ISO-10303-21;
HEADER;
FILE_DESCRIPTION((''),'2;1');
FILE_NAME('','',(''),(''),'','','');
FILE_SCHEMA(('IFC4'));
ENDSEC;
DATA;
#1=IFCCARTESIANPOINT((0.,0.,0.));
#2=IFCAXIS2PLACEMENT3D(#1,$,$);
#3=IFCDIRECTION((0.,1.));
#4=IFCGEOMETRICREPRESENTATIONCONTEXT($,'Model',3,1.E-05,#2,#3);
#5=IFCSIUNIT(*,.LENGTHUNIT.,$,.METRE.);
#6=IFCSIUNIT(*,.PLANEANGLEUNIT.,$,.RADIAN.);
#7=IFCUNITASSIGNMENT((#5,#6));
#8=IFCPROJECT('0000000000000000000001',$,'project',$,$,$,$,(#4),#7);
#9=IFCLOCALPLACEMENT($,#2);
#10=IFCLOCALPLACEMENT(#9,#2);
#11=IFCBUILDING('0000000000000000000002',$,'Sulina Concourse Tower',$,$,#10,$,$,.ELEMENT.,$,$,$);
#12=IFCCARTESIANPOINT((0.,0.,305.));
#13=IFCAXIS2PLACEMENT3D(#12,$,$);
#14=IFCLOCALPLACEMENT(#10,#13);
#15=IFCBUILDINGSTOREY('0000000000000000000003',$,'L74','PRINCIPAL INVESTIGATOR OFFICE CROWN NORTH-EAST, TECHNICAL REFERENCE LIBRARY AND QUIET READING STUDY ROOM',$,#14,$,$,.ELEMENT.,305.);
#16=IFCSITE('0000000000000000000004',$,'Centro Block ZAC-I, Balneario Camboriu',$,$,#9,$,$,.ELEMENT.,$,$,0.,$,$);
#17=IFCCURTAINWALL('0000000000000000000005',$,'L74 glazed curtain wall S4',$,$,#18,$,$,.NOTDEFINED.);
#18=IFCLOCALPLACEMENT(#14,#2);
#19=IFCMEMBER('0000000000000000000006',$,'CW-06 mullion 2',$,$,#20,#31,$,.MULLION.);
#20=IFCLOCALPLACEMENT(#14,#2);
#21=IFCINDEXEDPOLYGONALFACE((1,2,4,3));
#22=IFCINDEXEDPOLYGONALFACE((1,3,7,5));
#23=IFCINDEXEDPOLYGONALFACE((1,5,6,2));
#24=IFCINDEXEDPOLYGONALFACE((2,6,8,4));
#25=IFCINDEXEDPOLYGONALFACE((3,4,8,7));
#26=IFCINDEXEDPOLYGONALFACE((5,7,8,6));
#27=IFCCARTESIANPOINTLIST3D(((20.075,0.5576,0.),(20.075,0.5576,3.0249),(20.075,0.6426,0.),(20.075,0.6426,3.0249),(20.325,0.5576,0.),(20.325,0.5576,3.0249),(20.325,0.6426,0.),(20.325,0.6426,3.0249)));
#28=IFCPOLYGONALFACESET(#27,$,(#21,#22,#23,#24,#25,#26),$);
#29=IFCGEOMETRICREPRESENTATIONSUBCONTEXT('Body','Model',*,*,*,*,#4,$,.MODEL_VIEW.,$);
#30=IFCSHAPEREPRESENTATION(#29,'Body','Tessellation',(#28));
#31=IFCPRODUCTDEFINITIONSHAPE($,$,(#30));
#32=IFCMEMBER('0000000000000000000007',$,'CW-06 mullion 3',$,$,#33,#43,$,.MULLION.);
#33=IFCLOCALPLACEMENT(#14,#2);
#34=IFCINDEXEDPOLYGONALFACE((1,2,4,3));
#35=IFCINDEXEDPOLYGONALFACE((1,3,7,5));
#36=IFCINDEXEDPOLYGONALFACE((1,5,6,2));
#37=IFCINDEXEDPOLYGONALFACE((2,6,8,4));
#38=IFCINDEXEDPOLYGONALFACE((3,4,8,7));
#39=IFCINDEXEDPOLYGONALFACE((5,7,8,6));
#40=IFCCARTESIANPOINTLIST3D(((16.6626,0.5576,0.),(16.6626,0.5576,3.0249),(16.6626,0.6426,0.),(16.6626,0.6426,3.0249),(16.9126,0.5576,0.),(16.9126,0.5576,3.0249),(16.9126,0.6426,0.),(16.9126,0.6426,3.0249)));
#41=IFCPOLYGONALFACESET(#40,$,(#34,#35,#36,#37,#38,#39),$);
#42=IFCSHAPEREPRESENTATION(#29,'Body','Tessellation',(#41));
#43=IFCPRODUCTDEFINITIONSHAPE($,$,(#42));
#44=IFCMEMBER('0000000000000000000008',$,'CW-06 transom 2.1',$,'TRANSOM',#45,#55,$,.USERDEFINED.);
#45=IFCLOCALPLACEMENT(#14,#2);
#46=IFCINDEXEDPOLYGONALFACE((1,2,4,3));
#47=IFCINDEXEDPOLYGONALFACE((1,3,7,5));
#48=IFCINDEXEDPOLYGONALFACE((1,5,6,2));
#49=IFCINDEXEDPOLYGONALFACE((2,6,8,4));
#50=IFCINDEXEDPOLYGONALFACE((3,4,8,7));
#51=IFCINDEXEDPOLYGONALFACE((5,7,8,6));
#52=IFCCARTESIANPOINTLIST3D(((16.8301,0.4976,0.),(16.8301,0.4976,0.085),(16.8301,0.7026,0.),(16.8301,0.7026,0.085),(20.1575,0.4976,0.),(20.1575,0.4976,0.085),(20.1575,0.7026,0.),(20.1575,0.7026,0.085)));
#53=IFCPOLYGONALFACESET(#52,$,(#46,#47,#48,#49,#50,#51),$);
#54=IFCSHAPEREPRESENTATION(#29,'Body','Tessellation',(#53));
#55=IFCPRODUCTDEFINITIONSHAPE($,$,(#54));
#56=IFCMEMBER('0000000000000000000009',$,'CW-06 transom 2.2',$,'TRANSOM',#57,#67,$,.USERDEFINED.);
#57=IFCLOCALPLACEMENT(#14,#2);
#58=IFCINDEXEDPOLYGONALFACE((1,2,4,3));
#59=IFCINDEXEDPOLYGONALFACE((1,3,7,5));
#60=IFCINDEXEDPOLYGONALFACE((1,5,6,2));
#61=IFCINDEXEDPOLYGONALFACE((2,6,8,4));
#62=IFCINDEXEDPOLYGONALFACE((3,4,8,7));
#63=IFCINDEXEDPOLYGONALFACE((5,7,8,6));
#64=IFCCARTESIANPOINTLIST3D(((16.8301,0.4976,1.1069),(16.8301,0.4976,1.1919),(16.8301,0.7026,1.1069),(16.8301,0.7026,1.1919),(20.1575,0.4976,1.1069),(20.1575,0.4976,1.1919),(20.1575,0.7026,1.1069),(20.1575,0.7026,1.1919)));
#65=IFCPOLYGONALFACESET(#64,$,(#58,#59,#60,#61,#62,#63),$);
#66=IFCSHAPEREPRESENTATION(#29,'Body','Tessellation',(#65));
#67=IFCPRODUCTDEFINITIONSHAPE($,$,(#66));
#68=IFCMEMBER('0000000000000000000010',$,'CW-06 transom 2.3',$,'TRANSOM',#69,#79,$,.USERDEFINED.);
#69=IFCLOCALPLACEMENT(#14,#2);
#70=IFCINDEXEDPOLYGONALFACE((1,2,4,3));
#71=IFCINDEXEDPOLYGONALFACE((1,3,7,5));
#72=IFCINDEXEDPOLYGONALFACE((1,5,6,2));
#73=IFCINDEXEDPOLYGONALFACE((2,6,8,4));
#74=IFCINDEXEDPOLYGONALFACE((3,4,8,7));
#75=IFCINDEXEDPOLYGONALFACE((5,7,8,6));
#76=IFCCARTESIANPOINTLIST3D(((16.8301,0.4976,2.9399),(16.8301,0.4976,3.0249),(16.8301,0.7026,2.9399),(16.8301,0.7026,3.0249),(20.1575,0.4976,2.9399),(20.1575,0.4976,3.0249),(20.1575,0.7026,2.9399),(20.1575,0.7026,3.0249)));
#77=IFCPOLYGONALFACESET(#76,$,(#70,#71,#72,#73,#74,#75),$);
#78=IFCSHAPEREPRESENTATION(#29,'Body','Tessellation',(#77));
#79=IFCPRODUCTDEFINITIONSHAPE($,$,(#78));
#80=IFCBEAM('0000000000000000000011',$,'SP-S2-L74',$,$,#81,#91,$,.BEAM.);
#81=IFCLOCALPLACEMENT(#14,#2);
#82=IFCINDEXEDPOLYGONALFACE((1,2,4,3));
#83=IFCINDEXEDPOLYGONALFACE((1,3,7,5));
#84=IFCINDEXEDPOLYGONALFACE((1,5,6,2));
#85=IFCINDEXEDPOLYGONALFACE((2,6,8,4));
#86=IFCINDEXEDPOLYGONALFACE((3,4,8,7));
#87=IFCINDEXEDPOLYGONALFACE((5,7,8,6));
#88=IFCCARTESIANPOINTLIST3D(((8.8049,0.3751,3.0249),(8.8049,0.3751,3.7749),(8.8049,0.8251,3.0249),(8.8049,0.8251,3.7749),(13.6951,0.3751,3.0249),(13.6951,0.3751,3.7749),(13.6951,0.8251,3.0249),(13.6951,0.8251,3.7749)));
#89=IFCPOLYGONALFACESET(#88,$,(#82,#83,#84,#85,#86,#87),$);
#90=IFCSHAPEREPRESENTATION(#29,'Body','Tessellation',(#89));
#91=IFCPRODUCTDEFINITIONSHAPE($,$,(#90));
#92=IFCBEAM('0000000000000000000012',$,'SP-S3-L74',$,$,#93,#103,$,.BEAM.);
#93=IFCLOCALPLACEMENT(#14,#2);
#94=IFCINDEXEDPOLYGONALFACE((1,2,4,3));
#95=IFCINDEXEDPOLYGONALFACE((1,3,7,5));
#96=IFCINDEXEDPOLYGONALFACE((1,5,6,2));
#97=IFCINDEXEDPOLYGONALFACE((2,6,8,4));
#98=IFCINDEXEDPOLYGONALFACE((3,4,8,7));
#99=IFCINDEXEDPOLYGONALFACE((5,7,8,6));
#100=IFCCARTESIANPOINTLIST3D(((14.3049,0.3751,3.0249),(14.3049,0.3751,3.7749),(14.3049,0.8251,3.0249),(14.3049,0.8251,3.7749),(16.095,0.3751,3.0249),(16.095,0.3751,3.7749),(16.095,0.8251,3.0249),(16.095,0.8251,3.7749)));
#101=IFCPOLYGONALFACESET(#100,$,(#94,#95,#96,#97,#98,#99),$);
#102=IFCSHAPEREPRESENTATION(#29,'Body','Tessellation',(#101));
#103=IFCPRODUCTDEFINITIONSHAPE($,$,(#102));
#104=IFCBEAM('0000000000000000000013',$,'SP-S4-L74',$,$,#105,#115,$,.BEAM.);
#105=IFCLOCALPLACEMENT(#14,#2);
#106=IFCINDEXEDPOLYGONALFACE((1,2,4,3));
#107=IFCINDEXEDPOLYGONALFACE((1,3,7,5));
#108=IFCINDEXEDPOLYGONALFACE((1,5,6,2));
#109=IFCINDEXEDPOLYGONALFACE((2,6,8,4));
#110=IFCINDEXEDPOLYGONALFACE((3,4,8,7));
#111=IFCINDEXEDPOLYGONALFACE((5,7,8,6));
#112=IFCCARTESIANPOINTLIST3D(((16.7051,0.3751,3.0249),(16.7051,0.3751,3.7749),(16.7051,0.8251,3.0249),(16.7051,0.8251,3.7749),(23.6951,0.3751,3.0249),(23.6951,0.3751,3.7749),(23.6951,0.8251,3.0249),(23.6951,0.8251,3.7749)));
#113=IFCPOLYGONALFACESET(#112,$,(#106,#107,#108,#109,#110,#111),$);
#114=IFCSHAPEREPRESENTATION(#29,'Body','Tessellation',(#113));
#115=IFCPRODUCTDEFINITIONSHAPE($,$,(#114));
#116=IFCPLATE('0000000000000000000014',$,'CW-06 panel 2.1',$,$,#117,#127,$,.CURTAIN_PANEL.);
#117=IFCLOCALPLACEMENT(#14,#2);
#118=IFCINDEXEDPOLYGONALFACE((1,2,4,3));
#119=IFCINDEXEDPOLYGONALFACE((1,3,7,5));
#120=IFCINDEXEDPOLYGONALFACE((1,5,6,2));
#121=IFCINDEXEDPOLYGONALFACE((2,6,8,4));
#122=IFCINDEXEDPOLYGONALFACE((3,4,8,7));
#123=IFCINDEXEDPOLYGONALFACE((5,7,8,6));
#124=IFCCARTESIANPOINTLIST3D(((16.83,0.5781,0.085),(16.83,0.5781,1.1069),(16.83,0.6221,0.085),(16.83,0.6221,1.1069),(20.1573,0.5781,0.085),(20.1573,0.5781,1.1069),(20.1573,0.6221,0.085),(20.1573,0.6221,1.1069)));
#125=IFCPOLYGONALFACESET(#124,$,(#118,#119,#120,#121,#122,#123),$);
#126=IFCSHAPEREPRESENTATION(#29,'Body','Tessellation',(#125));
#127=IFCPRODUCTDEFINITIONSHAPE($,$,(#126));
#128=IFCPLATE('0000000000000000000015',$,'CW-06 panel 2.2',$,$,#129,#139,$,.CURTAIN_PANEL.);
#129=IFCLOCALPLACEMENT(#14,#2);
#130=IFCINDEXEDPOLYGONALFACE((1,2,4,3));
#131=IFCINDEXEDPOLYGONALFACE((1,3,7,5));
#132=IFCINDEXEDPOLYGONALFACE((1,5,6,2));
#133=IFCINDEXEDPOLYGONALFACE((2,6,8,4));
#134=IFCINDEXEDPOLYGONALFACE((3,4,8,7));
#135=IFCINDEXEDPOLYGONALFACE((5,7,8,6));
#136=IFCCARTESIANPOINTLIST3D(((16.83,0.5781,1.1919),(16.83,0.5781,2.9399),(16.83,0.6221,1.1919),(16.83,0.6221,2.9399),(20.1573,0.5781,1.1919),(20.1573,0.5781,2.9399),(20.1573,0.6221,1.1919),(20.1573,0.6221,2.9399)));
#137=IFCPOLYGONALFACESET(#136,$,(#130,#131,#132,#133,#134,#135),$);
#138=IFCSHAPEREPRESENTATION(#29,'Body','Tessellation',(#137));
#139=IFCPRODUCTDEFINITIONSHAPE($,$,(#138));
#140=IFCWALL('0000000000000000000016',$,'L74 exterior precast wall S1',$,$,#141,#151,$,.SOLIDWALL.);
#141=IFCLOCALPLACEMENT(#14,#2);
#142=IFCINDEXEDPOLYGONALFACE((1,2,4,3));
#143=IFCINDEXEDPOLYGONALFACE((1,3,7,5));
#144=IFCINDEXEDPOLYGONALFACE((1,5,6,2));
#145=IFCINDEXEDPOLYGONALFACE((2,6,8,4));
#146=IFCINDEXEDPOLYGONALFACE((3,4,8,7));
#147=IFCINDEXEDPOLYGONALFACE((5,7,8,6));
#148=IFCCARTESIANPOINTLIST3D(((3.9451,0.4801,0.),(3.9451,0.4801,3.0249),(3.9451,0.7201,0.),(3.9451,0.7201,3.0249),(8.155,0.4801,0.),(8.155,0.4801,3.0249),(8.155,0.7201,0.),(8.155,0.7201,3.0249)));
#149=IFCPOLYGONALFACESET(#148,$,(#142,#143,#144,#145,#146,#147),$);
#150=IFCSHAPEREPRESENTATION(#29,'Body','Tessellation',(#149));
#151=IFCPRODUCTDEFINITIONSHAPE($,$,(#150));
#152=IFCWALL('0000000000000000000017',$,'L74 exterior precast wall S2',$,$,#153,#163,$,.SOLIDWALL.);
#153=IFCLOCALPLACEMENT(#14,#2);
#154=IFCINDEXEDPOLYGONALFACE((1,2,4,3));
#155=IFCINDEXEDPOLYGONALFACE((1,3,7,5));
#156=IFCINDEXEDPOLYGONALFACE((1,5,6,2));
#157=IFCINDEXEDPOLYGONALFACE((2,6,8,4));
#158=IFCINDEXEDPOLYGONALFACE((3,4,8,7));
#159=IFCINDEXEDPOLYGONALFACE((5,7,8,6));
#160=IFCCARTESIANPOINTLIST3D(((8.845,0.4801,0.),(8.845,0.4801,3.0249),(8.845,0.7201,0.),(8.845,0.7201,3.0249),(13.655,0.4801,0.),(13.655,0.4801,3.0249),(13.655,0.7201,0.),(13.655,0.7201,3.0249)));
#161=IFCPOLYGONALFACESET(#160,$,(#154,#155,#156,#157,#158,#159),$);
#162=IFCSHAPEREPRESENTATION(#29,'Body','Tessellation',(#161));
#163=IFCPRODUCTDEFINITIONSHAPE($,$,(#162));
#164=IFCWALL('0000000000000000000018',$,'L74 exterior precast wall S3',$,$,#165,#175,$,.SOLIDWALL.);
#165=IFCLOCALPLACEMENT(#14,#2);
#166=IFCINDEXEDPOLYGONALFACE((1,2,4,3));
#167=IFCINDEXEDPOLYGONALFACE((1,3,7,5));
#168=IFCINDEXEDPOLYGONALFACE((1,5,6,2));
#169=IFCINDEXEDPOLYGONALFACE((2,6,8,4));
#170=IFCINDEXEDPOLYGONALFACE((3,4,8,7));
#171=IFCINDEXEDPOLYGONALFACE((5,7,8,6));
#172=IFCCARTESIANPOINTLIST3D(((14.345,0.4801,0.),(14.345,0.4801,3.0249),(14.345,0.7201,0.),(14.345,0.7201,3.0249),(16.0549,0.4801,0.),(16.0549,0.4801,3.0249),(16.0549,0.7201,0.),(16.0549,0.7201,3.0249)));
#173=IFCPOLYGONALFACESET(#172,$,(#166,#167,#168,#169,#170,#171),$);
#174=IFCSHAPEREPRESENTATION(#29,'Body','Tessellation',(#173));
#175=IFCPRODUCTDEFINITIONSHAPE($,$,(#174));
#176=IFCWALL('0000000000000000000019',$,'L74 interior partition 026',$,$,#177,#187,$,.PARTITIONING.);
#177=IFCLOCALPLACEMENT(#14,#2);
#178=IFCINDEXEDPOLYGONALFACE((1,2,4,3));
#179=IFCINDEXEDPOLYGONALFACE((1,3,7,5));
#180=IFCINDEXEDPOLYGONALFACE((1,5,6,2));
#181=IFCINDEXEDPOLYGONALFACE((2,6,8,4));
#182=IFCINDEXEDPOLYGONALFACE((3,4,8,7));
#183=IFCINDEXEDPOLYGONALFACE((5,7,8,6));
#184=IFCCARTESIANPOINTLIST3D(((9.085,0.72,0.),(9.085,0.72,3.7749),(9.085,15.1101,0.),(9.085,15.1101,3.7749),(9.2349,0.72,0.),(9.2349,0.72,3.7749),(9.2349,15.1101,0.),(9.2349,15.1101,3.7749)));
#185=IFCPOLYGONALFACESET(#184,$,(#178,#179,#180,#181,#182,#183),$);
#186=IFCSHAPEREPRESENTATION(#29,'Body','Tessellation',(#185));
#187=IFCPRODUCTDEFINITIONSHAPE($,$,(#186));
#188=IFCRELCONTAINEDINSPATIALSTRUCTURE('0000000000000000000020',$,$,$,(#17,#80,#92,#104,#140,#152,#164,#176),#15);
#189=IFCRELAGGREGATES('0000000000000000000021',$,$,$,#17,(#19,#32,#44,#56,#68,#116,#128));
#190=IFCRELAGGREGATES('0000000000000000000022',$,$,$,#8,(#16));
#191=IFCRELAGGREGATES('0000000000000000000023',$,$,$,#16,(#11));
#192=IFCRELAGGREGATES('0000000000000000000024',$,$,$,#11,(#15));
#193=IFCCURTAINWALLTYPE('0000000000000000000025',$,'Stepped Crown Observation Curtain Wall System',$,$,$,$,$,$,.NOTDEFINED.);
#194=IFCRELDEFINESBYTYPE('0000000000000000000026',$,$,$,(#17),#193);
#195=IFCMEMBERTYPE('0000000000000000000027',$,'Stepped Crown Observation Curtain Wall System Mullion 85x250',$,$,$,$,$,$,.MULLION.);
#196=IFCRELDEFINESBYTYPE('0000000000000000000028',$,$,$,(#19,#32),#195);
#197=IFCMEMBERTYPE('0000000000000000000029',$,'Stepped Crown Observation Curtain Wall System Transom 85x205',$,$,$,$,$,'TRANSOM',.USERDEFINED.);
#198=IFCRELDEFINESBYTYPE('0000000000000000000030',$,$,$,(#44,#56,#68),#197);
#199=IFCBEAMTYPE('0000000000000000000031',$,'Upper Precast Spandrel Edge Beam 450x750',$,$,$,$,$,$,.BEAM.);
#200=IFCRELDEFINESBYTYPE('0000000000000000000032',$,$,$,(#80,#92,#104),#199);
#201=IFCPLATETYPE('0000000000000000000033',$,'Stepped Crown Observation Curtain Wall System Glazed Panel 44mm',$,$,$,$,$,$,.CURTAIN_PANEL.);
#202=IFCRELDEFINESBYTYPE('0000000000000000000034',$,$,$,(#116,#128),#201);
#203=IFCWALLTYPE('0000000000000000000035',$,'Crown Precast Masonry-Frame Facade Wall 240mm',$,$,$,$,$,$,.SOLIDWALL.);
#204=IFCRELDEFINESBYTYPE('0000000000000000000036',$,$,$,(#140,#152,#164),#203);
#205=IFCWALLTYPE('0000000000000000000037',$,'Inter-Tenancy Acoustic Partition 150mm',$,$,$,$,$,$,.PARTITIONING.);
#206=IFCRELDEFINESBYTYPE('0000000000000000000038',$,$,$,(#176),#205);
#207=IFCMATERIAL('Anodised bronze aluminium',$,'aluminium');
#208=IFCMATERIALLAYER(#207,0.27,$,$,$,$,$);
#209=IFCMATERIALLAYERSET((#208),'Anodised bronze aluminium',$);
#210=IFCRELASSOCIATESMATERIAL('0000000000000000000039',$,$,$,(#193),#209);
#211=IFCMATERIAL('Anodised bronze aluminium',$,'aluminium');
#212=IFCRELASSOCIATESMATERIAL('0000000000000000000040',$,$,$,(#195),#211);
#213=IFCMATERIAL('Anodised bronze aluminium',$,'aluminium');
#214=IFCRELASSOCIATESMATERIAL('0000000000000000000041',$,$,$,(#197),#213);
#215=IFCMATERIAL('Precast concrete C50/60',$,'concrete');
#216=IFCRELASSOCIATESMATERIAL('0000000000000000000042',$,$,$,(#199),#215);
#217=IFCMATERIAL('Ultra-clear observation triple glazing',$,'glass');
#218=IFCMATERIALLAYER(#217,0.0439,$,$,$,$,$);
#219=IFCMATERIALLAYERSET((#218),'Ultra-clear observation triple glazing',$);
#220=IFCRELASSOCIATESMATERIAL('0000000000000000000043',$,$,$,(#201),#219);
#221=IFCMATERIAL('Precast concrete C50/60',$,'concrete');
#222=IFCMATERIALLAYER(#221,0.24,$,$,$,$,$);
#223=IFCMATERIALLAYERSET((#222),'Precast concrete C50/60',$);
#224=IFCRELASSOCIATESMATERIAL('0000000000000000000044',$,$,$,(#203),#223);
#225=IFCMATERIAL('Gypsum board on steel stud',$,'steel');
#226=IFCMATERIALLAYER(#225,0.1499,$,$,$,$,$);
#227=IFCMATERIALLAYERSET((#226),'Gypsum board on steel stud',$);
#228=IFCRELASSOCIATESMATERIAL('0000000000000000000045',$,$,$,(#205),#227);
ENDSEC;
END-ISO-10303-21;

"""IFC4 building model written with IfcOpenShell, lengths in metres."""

from ifc_helpers import new_model, si_unit, direction, frame, frame_2d, origin, origin_2d, place, context, subcontext, project, spatial, rectangle, extrude, material, layer, layer_set, material_profile, profile_set, type_object, element, aggregate, save


model = new_model("IFC4")

# Units and contexts
model_context = context("Model", 3, precision=1e-05, world=origin(), true_north=direction((0.0, 1.0)))
body_context = subcontext(model_context, "Body", "Model", "MODEL_VIEW")
ifc_project = project(units=[si_unit("LENGTHUNIT", "METRE"), si_unit("PLANEANGLEUNIT", "RADIAN")], contexts=[model_context])

# Site, building, storey
site_placement = place(None, origin())
site = spatial("IfcSite", under=ifc_project, at=site_placement, Name="Centro Block ZAC-I, Balneario Camboriu", CompositionType="ELEMENT", RefElevation=0.0)
building_placement = place(site_placement, origin())
building = spatial("IfcBuilding", under=site, at=building_placement, Name="Sulina Concourse Tower", CompositionType="ELEMENT")
storey_placement = place(building_placement, frame((0.0, 0.0, 305.0)))
storey = spatial("IfcBuildingStorey", under=building, at=storey_placement, Name="L74", Description="PRINCIPAL INVESTIGATOR OFFICE CROWN NORTH-EAST, TECHNICAL REFERENCE LIBRARY AND QUIET READING STUDY ROOM", CompositionType="ELEMENT", Elevation=305.0)

# Curtain wall, members
ifc_material_1 = material(Name="Anodised bronze aluminium", Category="aluminium")
ifc_layer_1 = layer(ifc_material_1, 0.27)
ifc_layer_set_1 = layer_set([ifc_layer_1], Name="Anodised bronze aluminium")
curtain_wall_type = type_object("IfcCurtainWallType", Name="Stepped Crown Observation Curtain Wall System", PredefinedType="NOTDEFINED", material=ifc_layer_set_1)
curtain_wall_placement = place(storey_placement, origin())
curtain_wall = element("IfcCurtainWall", 1, at=curtain_wall_placement, inside=storey, type_object=curtain_wall_type, Name="L74 glazed curtain wall S4", PredefinedType="NOTDEFINED")
ifc_material_2 = material(Name="Anodised bronze aluminium", Category="aluminium")
ifc_material_profile_1 = material_profile(ifc_material_2, rectangle(XDim=0.085, YDim=0.25, at=origin_2d()), Name="MUL 85x250")
ifc_profile_set_1 = profile_set([ifc_material_profile_1], Name="Anodised bronze aluminium")
member_type_1 = type_object("IfcMemberType", Name="Stepped Crown Observation Curtain Wall System Mullion 85x250", PredefinedType="MULLION", material=ifc_profile_set_1)
member_1_placement = place(storey_placement, frame((20.2, 0.6001, 0.0), z_axis=(0.0, 0.0, 1.0), x_axis=(0.0, -1.0, 0.0)))
member_1 = element("IfcMember", 2, at=member_1_placement, type_object=member_type_1, Name="CW-06 mullion 2", PredefinedType="MULLION", context=body_context, shape_type="SweptSolid", body=[
    extrude(rectangle(XDim=0.085, YDim=0.25, at=origin_2d()), origin(), (0.0, 0.0, 1.0), 3.0249),
])
member_2_placement = place(storey_placement, frame((16.7876, 0.6001, 0.0), z_axis=(0.0, 0.0, 1.0), x_axis=(0.0, -1.0, 0.0)))
member_2 = element("IfcMember", 3, at=member_2_placement, type_object=member_type_1, Name="CW-06 mullion 3", PredefinedType="MULLION", context=body_context, shape_type="SweptSolid", body=[
    extrude(rectangle(XDim=0.085, YDim=0.25, at=origin_2d()), origin(), (0.0, 0.0, 1.0), 3.0249),
])
ifc_material_3 = material(Name="Anodised bronze aluminium", Category="aluminium")
ifc_material_profile_2 = material_profile(ifc_material_3, rectangle(XDim=0.2051, YDim=0.085, at=origin_2d()), Name="TRN 85x205")
ifc_profile_set_2 = profile_set([ifc_material_profile_2], Name="Anodised bronze aluminium")
member_type_2 = type_object("IfcMemberType", Name="Stepped Crown Observation Curtain Wall System Transom 85x205", ElementType="TRANSOM", PredefinedType="USERDEFINED", material=ifc_profile_set_2)
member_3_placement = place(storey_placement, frame((20.1575, 0.6001, 0.0425), z_axis=(-1.0, 0.0, 0.0), x_axis=(0.0, -1.0, 0.0)))
member_3 = element("IfcMember", 4, at=member_3_placement, type_object=member_type_2, Name="CW-06 transom 2.1", ObjectType="TRANSOM", PredefinedType="USERDEFINED", context=body_context, shape_type="SweptSolid", body=[
    extrude(rectangle(XDim=0.2051, YDim=0.085, at=origin_2d()), origin(), (0.0, 0.0, 1.0), 3.3274),
])
member_4_placement = place(storey_placement, frame((20.1575, 0.6001, 1.1494), z_axis=(-1.0, 0.0, 0.0), x_axis=(0.0, -1.0, 0.0)))
member_4 = element("IfcMember", 5, at=member_4_placement, type_object=member_type_2, Name="CW-06 transom 2.2", ObjectType="TRANSOM", PredefinedType="USERDEFINED", context=body_context, shape_type="SweptSolid", body=[
    extrude(rectangle(XDim=0.2051, YDim=0.085, at=origin_2d()), origin(), (0.0, 0.0, 1.0), 3.3274),
])
member_5_placement = place(storey_placement, frame((20.1575, 0.6001, 2.9824), z_axis=(-1.0, 0.0, 0.0), x_axis=(0.0, -1.0, 0.0)))
member_5 = element("IfcMember", 6, at=member_5_placement, type_object=member_type_2, Name="CW-06 transom 2.3", ObjectType="TRANSOM", PredefinedType="USERDEFINED", context=body_context, shape_type="SweptSolid", body=[
    extrude(rectangle(XDim=0.2051, YDim=0.085, at=origin_2d()), origin(), (0.0, 0.0, 1.0), 3.3274),
])

# Beams
ifc_material_4 = material(Name="Precast concrete C50/60", Category="concrete")
ifc_material_profile_3 = material_profile(ifc_material_4, rectangle(XDim=0.45, YDim=0.75, at=origin_2d()), Name="RC 450x750")
ifc_profile_set_3 = profile_set([ifc_material_profile_3], Name="Precast concrete C50/60")
beam_type_1 = type_object("IfcBeamType", Name="Upper Precast Spandrel Edge Beam 450x750", PredefinedType="BEAM", material=ifc_profile_set_3)
beam_1_placement = place(storey_placement, frame((8.8049, 0.6001, 3.3999), z_axis=(1.0, 0.0, 0.0), x_axis=(0.0, 1.0, 0.0)))
element("IfcBeam", 7, at=beam_1_placement, inside=storey, type_object=beam_type_1, Name="SP-S2-L74", PredefinedType="BEAM", context=body_context, shape_type="SweptSolid", body=[
    extrude(rectangle(XDim=0.45, YDim=0.75, at=origin_2d()), origin(), (0.0, 0.0, 1.0), 4.8901),
])
beam_2_placement = place(storey_placement, frame((14.3049, 0.6001, 3.3999), z_axis=(1.0, 0.0, 0.0), x_axis=(0.0, 1.0, 0.0)))
element("IfcBeam", 8, at=beam_2_placement, inside=storey, type_object=beam_type_1, Name="SP-S3-L74", PredefinedType="BEAM", context=body_context, shape_type="SweptSolid", body=[
    extrude(rectangle(XDim=0.45, YDim=0.75, at=origin_2d()), origin(), (0.0, 0.0, 1.0), 1.79),
])
beam_3_placement = place(storey_placement, frame((16.7051, 0.6001, 3.3999), z_axis=(1.0, 0.0, 0.0), x_axis=(0.0, 1.0, 0.0)))
element("IfcBeam", 9, at=beam_3_placement, inside=storey, type_object=beam_type_1, Name="SP-S4-L74", PredefinedType="BEAM", context=body_context, shape_type="SweptSolid", body=[
    extrude(rectangle(XDim=0.45, YDim=0.75, at=origin_2d()), origin(), (0.0, 0.0, 1.0), 6.99),
])

# Plates
ifc_material_5 = material(Name="Ultra-clear observation triple glazing", Category="glass")
ifc_layer_2 = layer(ifc_material_5, 0.0439)
ifc_layer_set_2 = layer_set([ifc_layer_2], Name="Ultra-clear observation triple glazing")
plate_type = type_object("IfcPlateType", Name="Stepped Crown Observation Curtain Wall System Glazed Panel 44mm", PredefinedType="CURTAIN_PANEL", material=ifc_layer_set_2)
plate_1_placement = place(storey_placement, frame((18.4937, 0.6001, 0.085), z_axis=(0.0, 0.0, 1.0), x_axis=(-1.0, 0.0, 0.0)))
plate_1 = element("IfcPlate", 10, at=plate_1_placement, type_object=plate_type, Name="CW-06 panel 2.1", PredefinedType="CURTAIN_PANEL", context=body_context, shape_type="SweptSolid", body=[
    extrude(rectangle(XDim=3.3274, YDim=0.0439, at=origin_2d()), origin(), (0.0, 0.0, 1.0), 1.022),
])
plate_2_placement = place(storey_placement, frame((18.4937, 0.6001, 1.1919), z_axis=(0.0, 0.0, 1.0), x_axis=(-1.0, 0.0, 0.0)))
plate_2 = element("IfcPlate", 11, at=plate_2_placement, type_object=plate_type, Name="CW-06 panel 2.2", PredefinedType="CURTAIN_PANEL", context=body_context, shape_type="SweptSolid", body=[
    extrude(rectangle(XDim=3.3274, YDim=0.0439, at=origin_2d()), origin(), (0.0, 0.0, 1.0), 1.748),
])
aggregate(curtain_wall, [member_1, member_2, member_3, member_4, member_5, plate_1, plate_2])

# Walls
ifc_material_6 = material(Name="Precast concrete C50/60", Category="concrete")
ifc_layer_3 = layer(ifc_material_6, 0.24)
ifc_layer_set_3 = layer_set([ifc_layer_3], Name="Precast concrete C50/60")
wall_type_1 = type_object("IfcWallType", Name="Crown Precast Masonry-Frame Facade Wall 240mm", PredefinedType="SOLIDWALL", material=ifc_layer_set_3)
wall_1_placement = place(storey_placement, frame((8.155, 0.6001, 0.0), z_axis=(0.0, 0.0, 1.0), x_axis=(-1.0, 0.0, 0.0)))
element("IfcWall", 12, at=wall_1_placement, inside=storey, type_object=wall_type_1, Name="L74 exterior precast wall S1", PredefinedType="SOLIDWALL", context=body_context, shape_type="SweptSolid", body=[
    extrude(rectangle(XDim=4.21, YDim=0.24, at=frame_2d((2.105, 0.0))), origin(), (0.0, 0.0, 1.0), 3.0249),
])
wall_2_placement = place(storey_placement, frame((13.655, 0.6001, 0.0), z_axis=(0.0, 0.0, 1.0), x_axis=(-1.0, 0.0, 0.0)))
element("IfcWall", 13, at=wall_2_placement, inside=storey, type_object=wall_type_1, Name="L74 exterior precast wall S2", PredefinedType="SOLIDWALL", context=body_context, shape_type="SweptSolid", body=[
    extrude(rectangle(XDim=4.8101, YDim=0.24, at=frame_2d((2.405, 0.0))), origin(), (0.0, 0.0, 1.0), 3.0249),
])
wall_3_placement = place(storey_placement, frame((16.0549, 0.6001, 0.0), z_axis=(0.0, 0.0, 1.0), x_axis=(-1.0, 0.0, 0.0)))
element("IfcWall", 14, at=wall_3_placement, inside=storey, type_object=wall_type_1, Name="L74 exterior precast wall S3", PredefinedType="SOLIDWALL", context=body_context, shape_type="SweptSolid", body=[
    extrude(rectangle(XDim=1.71, YDim=0.24, at=frame_2d((0.855, 0.0))), origin(), (0.0, 0.0, 1.0), 3.0249),
])
ifc_material_7 = material(Name="Gypsum board on steel stud", Category="steel")
ifc_layer_4 = layer(ifc_material_7, 0.1499)
ifc_layer_set_4 = layer_set([ifc_layer_4], Name="Gypsum board on steel stud")
wall_type_2 = type_object("IfcWallType", Name="Inter-Tenancy Acoustic Partition 150mm", PredefinedType="PARTITIONING", material=ifc_layer_set_4)
wall_4_placement = place(storey_placement, frame((9.1599, 0.72, 0.0), z_axis=(0.0, 0.0, 1.0), x_axis=(0.0, 1.0, 0.0)))
element("IfcWall", 15, at=wall_4_placement, inside=storey, type_object=wall_type_2, Name="L74 interior partition 026", PredefinedType="PARTITIONING", context=body_context, shape_type="SweptSolid", body=[
    extrude(rectangle(XDim=14.3901, YDim=0.1499, at=frame_2d((7.1951, 0.0))), origin(), (0.0, 0.0, 1.0), 3.7749),
])

save(model, "model.ifc")
